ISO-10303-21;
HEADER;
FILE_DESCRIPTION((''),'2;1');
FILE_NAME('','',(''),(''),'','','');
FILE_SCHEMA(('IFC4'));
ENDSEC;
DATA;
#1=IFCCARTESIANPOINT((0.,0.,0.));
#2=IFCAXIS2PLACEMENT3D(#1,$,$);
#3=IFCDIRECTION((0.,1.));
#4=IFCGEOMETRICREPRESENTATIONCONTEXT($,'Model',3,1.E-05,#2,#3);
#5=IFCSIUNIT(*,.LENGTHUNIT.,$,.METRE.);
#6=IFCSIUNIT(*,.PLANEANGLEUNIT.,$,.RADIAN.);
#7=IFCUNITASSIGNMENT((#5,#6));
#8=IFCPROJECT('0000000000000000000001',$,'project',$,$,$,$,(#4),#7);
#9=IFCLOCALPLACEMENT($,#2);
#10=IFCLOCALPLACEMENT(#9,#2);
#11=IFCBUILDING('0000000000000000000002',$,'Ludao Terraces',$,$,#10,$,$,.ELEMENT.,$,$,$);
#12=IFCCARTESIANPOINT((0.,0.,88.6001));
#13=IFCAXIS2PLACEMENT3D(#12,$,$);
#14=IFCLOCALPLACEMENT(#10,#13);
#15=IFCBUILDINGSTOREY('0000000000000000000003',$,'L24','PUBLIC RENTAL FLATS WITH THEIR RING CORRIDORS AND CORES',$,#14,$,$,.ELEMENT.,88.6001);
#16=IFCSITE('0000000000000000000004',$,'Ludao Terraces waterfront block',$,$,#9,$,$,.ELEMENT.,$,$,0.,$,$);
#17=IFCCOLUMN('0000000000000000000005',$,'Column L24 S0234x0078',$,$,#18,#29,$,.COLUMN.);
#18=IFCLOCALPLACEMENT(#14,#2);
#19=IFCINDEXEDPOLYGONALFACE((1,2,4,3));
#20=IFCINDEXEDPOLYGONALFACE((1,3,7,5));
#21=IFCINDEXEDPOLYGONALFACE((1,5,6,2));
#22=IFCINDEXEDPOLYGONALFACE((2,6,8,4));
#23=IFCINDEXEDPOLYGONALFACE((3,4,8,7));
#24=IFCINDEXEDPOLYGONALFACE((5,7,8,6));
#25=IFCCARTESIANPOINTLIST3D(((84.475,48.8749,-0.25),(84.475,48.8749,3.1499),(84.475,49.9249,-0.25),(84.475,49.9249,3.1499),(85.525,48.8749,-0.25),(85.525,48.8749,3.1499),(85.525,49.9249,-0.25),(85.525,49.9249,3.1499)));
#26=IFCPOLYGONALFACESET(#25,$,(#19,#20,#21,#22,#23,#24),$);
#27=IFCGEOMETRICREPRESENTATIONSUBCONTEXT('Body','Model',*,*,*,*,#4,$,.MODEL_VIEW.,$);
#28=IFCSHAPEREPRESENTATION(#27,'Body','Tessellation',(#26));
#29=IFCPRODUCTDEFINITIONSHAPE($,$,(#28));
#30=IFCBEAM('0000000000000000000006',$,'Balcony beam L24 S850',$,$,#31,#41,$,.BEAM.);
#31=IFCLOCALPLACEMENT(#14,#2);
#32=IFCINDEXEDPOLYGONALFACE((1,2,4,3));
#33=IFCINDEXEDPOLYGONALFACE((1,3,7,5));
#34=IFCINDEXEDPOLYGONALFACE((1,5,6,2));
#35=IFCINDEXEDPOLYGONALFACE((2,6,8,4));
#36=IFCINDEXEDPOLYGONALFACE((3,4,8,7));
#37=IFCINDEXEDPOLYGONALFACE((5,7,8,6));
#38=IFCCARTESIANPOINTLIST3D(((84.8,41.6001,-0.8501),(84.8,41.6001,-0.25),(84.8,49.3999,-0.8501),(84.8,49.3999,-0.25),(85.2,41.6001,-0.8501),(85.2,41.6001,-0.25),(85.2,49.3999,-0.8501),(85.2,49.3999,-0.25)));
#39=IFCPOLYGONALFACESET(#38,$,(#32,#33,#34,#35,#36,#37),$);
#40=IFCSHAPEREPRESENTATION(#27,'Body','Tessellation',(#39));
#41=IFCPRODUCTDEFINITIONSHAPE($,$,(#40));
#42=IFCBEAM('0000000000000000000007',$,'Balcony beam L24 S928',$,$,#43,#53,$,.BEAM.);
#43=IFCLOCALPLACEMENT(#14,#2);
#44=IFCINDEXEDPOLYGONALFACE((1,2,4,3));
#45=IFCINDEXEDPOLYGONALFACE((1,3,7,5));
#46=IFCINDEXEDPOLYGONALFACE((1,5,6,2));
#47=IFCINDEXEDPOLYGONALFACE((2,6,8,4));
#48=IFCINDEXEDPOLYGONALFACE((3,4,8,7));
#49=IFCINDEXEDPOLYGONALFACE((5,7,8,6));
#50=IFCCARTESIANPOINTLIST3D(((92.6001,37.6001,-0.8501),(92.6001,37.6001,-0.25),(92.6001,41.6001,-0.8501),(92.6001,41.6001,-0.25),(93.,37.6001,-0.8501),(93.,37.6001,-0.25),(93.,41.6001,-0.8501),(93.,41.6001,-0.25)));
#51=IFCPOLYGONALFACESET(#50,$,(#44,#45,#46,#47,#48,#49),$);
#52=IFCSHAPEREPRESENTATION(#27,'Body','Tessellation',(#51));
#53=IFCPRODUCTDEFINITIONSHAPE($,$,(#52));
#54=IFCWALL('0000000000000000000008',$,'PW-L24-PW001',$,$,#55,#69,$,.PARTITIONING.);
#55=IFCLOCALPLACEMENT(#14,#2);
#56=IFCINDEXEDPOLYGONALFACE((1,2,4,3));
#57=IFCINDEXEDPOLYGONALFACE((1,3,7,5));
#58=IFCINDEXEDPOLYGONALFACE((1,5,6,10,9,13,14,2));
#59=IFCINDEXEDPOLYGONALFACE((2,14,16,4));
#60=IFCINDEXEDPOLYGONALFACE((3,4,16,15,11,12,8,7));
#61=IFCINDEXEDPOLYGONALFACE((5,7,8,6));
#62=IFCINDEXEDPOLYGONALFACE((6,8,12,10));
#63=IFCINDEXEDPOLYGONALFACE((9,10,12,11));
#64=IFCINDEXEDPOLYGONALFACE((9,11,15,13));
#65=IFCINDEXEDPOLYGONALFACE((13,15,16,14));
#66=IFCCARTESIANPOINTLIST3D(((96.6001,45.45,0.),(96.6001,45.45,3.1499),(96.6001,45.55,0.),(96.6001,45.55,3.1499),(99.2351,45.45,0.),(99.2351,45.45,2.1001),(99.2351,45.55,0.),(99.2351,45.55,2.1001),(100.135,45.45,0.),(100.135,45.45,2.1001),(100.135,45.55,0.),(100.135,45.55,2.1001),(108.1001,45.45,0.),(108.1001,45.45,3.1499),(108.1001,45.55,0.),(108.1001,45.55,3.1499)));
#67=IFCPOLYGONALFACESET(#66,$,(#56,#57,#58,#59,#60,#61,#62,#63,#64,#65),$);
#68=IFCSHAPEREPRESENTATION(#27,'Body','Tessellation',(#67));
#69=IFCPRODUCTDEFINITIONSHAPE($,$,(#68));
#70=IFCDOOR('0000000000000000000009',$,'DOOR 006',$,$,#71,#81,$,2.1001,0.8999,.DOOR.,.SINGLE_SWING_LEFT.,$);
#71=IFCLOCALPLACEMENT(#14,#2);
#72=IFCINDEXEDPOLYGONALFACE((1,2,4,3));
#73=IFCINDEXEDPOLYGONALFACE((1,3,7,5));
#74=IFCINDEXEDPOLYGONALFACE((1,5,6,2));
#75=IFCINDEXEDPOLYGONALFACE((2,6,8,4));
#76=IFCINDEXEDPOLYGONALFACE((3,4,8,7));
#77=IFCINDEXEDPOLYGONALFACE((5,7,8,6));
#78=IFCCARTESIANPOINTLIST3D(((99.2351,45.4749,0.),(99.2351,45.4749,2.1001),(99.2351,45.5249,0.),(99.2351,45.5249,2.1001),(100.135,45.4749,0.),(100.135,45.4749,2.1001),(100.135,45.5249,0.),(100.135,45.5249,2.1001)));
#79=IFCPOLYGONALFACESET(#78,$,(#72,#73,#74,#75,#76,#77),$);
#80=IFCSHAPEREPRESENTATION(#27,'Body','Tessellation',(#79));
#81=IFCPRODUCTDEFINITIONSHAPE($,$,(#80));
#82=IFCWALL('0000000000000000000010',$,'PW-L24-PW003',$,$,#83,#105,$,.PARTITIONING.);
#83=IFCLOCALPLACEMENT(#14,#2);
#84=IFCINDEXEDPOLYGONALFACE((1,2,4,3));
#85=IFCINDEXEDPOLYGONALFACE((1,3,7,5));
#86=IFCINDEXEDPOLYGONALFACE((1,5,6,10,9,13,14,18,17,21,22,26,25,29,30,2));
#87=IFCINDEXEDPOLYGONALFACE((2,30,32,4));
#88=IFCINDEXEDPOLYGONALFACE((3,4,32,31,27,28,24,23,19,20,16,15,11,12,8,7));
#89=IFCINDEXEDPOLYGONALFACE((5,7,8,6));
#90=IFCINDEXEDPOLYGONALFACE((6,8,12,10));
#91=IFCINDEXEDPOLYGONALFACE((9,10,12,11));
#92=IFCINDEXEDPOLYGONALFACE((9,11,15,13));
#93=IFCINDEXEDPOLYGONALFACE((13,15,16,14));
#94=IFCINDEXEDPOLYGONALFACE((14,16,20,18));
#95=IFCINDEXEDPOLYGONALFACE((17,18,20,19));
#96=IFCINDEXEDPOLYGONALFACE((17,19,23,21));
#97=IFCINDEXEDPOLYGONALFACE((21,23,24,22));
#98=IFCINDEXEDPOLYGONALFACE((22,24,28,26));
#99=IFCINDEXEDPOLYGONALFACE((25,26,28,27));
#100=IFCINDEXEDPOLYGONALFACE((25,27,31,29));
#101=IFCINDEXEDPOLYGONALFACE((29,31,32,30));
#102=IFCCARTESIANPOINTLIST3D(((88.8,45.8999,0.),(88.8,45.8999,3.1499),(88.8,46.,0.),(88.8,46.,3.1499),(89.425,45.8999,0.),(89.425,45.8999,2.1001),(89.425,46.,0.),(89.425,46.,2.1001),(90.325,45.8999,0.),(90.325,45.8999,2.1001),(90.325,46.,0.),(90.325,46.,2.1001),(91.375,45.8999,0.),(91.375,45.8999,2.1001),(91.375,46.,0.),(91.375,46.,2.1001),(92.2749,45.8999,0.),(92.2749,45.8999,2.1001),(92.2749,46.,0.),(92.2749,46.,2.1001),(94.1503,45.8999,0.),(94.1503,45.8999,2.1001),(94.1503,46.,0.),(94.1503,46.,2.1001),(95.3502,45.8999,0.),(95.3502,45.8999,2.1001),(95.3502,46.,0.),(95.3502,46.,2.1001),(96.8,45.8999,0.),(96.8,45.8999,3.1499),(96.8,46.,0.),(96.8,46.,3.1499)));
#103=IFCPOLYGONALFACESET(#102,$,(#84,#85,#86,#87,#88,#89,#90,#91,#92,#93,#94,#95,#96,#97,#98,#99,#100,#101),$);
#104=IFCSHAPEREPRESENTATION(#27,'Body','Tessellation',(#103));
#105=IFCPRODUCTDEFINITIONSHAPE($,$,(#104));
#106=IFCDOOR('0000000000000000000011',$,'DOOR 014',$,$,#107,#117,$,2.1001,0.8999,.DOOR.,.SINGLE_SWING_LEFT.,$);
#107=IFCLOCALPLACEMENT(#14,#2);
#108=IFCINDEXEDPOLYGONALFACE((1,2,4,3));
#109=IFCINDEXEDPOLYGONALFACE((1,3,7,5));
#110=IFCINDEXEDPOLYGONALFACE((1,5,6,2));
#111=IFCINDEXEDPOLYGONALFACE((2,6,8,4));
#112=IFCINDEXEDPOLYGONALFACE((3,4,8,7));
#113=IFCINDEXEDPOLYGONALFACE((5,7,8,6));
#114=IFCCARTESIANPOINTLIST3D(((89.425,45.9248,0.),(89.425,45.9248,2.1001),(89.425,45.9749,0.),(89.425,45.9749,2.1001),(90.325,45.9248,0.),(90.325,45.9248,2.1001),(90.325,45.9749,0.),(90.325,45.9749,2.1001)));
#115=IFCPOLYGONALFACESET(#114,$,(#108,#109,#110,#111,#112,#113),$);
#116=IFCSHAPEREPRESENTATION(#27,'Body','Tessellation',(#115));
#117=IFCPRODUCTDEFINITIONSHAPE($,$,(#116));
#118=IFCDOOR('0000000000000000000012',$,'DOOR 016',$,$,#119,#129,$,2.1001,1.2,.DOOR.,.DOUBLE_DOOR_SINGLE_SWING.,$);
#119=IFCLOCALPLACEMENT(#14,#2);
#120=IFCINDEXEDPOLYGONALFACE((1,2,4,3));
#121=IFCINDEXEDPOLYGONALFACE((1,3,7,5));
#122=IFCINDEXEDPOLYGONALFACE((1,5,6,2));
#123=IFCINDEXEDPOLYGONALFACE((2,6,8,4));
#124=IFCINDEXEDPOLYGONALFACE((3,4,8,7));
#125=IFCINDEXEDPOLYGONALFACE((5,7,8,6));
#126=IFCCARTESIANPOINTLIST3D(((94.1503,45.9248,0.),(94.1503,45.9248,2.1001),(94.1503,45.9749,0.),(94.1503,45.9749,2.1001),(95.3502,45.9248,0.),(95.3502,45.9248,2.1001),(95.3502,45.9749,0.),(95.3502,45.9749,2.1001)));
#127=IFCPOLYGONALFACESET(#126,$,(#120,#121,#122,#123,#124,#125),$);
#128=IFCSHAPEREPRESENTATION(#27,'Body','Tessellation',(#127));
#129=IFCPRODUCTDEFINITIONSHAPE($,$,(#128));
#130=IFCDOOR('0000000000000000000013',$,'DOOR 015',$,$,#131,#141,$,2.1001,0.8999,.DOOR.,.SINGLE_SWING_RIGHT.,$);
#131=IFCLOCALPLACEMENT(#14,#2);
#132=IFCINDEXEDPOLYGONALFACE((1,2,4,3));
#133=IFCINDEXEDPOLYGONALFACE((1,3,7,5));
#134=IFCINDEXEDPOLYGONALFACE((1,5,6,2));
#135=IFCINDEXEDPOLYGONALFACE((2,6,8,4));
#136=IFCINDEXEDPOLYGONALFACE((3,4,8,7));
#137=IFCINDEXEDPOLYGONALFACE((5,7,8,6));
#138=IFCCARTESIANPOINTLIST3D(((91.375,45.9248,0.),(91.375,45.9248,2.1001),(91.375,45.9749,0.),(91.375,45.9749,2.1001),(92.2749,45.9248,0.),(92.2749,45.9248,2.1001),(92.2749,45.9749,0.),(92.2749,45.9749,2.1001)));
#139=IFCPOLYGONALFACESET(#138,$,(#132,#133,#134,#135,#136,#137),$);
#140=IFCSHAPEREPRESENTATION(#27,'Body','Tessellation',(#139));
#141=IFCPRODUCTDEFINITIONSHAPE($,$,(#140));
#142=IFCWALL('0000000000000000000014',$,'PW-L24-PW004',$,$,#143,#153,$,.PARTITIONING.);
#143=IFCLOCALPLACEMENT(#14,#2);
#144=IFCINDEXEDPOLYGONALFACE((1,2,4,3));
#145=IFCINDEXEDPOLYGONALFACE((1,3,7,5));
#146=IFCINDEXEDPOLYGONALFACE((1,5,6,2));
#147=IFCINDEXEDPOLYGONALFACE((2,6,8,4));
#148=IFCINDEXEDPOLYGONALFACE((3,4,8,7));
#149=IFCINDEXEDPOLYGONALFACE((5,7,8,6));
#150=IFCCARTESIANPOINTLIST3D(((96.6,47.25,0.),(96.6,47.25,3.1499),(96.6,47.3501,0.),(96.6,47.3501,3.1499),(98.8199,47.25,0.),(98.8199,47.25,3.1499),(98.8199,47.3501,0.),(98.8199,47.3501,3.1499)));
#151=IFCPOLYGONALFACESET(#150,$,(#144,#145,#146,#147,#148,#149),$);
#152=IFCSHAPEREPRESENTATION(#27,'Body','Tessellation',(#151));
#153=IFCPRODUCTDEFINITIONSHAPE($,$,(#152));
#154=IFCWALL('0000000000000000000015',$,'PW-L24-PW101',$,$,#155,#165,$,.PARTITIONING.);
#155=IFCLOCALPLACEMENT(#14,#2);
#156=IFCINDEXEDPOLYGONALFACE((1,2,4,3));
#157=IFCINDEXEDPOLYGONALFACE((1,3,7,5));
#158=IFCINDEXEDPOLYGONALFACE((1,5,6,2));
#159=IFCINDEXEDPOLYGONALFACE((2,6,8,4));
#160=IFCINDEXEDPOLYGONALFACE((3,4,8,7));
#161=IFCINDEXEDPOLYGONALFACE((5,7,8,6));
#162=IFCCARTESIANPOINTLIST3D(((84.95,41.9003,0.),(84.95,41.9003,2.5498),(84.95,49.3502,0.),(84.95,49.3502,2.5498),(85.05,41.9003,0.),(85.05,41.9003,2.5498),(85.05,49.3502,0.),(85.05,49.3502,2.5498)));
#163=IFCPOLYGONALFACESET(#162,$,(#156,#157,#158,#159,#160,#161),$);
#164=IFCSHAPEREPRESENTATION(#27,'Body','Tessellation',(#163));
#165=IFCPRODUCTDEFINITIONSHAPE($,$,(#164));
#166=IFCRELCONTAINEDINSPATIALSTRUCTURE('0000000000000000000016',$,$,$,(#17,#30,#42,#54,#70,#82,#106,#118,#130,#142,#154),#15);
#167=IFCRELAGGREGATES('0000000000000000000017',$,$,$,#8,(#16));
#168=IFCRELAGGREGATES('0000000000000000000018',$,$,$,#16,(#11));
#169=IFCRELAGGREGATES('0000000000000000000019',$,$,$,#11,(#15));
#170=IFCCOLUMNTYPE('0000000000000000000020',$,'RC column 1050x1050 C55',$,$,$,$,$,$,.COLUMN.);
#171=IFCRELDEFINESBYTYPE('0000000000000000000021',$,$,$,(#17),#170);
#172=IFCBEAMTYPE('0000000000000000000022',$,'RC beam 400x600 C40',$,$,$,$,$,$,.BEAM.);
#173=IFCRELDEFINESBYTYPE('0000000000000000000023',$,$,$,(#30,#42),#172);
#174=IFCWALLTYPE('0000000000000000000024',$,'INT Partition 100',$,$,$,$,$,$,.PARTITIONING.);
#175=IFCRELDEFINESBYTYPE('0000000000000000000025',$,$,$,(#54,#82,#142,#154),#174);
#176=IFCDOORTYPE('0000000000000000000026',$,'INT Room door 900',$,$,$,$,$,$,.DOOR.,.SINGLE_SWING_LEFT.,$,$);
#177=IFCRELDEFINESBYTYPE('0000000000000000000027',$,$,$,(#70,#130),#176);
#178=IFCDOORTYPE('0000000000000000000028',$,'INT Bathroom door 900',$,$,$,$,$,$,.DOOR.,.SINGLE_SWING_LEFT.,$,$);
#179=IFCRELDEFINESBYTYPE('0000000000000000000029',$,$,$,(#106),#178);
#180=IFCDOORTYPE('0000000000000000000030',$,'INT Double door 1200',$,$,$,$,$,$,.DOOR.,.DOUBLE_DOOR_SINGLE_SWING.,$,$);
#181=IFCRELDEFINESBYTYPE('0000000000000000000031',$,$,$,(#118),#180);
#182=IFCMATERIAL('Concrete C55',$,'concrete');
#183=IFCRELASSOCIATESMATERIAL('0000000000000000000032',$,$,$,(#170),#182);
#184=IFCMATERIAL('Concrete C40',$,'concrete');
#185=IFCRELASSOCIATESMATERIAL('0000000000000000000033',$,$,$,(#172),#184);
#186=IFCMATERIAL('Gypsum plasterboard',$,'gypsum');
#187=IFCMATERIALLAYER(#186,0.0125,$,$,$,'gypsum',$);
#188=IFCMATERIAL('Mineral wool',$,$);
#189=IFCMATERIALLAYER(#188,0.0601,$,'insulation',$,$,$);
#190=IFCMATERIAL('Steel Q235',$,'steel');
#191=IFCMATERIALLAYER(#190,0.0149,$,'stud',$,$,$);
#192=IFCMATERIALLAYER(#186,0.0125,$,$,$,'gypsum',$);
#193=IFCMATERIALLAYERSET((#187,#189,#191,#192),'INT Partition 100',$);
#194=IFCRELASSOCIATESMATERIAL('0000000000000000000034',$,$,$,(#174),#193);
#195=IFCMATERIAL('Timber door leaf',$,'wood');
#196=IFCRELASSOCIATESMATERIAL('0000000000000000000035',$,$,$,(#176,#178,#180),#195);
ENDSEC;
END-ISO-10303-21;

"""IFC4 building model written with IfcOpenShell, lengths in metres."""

from ifc_helpers import new_model, si_unit, direction, frame, frame_2d, origin, origin_2d, place, context, subcontext, project, spatial, rectangle, extrude, material, layer, layer_set, material_profile, profile_set, type_object, element, fill, save


model = new_model("IFC4")

# Units and contexts
model_context = context("Model", 3, precision=1e-05, world=origin(), true_north=direction((0.0, 1.0)))
body_context = subcontext(model_context, "Body", "Model", "MODEL_VIEW")
ifc_project = project(units=[si_unit("LENGTHUNIT", "METRE"), si_unit("PLANEANGLEUNIT", "RADIAN")], contexts=[model_context])

# Site, building, storey
site_placement = place(None, origin())
site = spatial("IfcSite", under=ifc_project, at=site_placement, Name="Ludao Terraces waterfront block", CompositionType="ELEMENT", RefElevation=0.0)
building_placement = place(site_placement, origin())
building = spatial("IfcBuilding", under=site, at=building_placement, Name="Ludao Terraces", CompositionType="ELEMENT")
storey_placement = place(building_placement, frame((0.0, 0.0, 88.6001)))
storey = spatial("IfcBuildingStorey", under=building, at=storey_placement, Name="L24", Description="PUBLIC RENTAL FLATS WITH THEIR RING CORRIDORS AND CORES", CompositionType="ELEMENT", Elevation=88.6001)

# Column
ifc_material_1 = material(Name="Concrete C55", Category="concrete")
ifc_material_profile_1 = material_profile(ifc_material_1, rectangle(XDim=1.05, YDim=1.05, at=origin_2d()), Name="1050 X 1050")
ifc_profile_set_1 = profile_set([ifc_material_profile_1], Name="Concrete C55")
column_type = type_object("IfcColumnType", Name="RC column 1050x1050 C55", PredefinedType="COLUMN", material=ifc_profile_set_1)
column_placement = place(storey_placement, frame((85.0, 49.3999, -0.25), z_axis=(0.0, 0.0, 1.0), x_axis=(1.0, 0.0, 0.0)))
element("IfcColumn", 1, at=column_placement, inside=storey, type_object=column_type, Name="Column L24 S0234x0078", PredefinedType="COLUMN", context=body_context, shape_type="SweptSolid", body=[
    extrude(rectangle(XDim=1.05, YDim=1.05, at=origin_2d()), origin(), (0.0, 0.0, 1.0), 3.3999),
])

# Beams
ifc_material_2 = material(Name="Concrete C40", Category="concrete")
ifc_material_profile_2 = material_profile(ifc_material_2, rectangle(XDim=0.3999, YDim=0.6001, at=origin_2d()), Name="400 X 600")
ifc_profile_set_2 = profile_set([ifc_material_profile_2], Name="Concrete C40")
beam_type = type_object("IfcBeamType", Name="RC beam 400x600 C40", PredefinedType="BEAM", material=ifc_profile_set_2)
beam_1_placement = place(storey_placement, frame((85.0, 49.3999, -0.55), z_axis=(0.0, -1.0, 0.0), x_axis=(1.0, 0.0, 0.0)))
element("IfcBeam", 2, at=beam_1_placement, inside=storey, type_object=beam_type, Name="Balcony beam L24 S850", PredefinedType="BEAM", context=body_context, shape_type="SweptSolid", body=[
    extrude(rectangle(XDim=0.3999, YDim=0.6001, at=origin_2d()), origin(), (0.0, 0.0, 1.0), 7.7998),
])
beam_2_placement = place(storey_placement, frame((92.8, 41.6001, -0.55), z_axis=(0.0, -1.0, 0.0), x_axis=(1.0, 0.0, 0.0)))
element("IfcBeam", 3, at=beam_2_placement, inside=storey, type_object=beam_type, Name="Balcony beam L24 S928", PredefinedType="BEAM", context=body_context, shape_type="SweptSolid", body=[
    extrude(rectangle(XDim=0.3999, YDim=0.6001, at=origin_2d()), origin(), (0.0, 0.0, 1.0), 4.0),
])

# Shared definitions
ifc_material_3 = material(Name="Mineral wool")

# Wall, opening, door
ifc_material_4 = material(Name="Gypsum plasterboard", Category="gypsum")
ifc_layer_1 = layer(ifc_material_4, 0.0125, Category="gypsum")
ifc_layer_2 = layer(ifc_material_3, 0.0601, Name="insulation")
ifc_material_5 = material(Name="Steel Q235", Category="steel")
ifc_layer_3 = layer(ifc_material_5, 0.0149, Name="stud")
ifc_layer_4 = layer(ifc_material_4, 0.0125, Category="gypsum")
ifc_layer_set_1 = layer_set([ifc_layer_1, ifc_layer_2, ifc_layer_3, ifc_layer_4], Name="INT Partition 100")
wall_type_1 = type_object("IfcWallType", Name="INT Partition 100", PredefinedType="PARTITIONING", material=ifc_layer_set_1)
wall_1_placement = place(storey_placement, frame((96.6001, 45.5, 0.0), z_axis=(0.0, 0.0, 1.0), x_axis=(1.0, 0.0, 0.0)))
wall_1 = element("IfcWall", 4, at=wall_1_placement, inside=storey, type_object=wall_type_1, Name="PW-L24-PW001", PredefinedType="PARTITIONING", context=body_context, shape_type="SweptSolid", body=[
    extrude(rectangle(XDim=11.5, YDim=0.1001, at=frame_2d((5.75, 0.0))), origin(), (0.0, 0.0, 1.0), 3.1499),
])
opening_1_placement = place(wall_1_placement, frame((2.635, 0.0, 0.0)))
opening_1 = element("IfcOpeningElement", 5, at=opening_1_placement, cuts=wall_1, PredefinedType="OPENING", context=body_context, shape_type="SweptSolid", body=[
    extrude(rectangle(XDim=0.8999, YDim=2.1001, at=frame_2d((0.45, 1.05))), frame((0.0, 0.0601, 0.0), z_axis=(0.0, -1.0, 0.0), x_axis=(1.0, 0.0, 0.0)), (0.0, 0.0, 1.0), 0.1201),
])
ifc_material_6 = material(Name="Timber door leaf", Category="wood")
door_type_1 = type_object("IfcDoorType", Name="INT Room door 900", OperationType="SINGLE_SWING_LEFT", PredefinedType="DOOR", material=ifc_material_6)
door_1_placement = place(opening_1_placement, origin())
door_1 = element("IfcDoor", 6, at=door_1_placement, inside=storey, type_object=door_type_1, Name="DOOR 006", OperationType="SINGLE_SWING_LEFT", OverallHeight=2.1001, OverallWidth=0.8999, PredefinedType="DOOR", context=body_context, shape_type="SweptSolid", body=[
    extrude(rectangle(XDim=0.8999, YDim=2.1001, at=frame_2d((0.45, 1.05))), frame((0.0, 0.0249, 0.0), z_axis=(0.0, -1.0, 0.0), x_axis=(1.0, 0.0, 0.0)), (0.0, 0.0, 1.0), 0.05),
])
fill(opening_1, door_1)

# Wall, openings, doors
wall_2_placement = place(storey_placement, frame((88.8, 45.95, 0.0), z_axis=(0.0, 0.0, 1.0), x_axis=(1.0, 0.0, 0.0)))
wall_2 = element("IfcWall", 7, at=wall_2_placement, inside=storey, type_object=wall_type_1, Name="PW-L24-PW003", PredefinedType="PARTITIONING", context=body_context, shape_type="SweptSolid", body=[
    extrude(rectangle(XDim=8.0, YDim=0.1001, at=frame_2d((4.0, 0.0))), origin(), (0.0, 0.0, 1.0), 3.1499),
])
opening_2_placement = place(wall_2_placement, frame((0.625, 0.0, 0.0)))
opening_2 = element("IfcOpeningElement", 8, at=opening_2_placement, cuts=wall_2, PredefinedType="OPENING", context=body_context, shape_type="SweptSolid", body=[
    extrude(rectangle(XDim=0.8999, YDim=2.1001, at=frame_2d((0.45, 1.05))), frame((0.0, 0.0601, 0.0), z_axis=(0.0, -1.0, 0.0), x_axis=(1.0, 0.0, 0.0)), (0.0, 0.0, 1.0), 0.1201),
])
opening_3_placement = place(wall_2_placement, frame((2.575, 0.0, 0.0)))
opening_3 = element("IfcOpeningElement", 9, at=opening_3_placement, cuts=wall_2, PredefinedType="OPENING", context=body_context, shape_type="SweptSolid", body=[
    extrude(rectangle(XDim=0.8999, YDim=2.1001, at=frame_2d((0.45, 1.05))), frame((0.0, 0.0601, 0.0), z_axis=(0.0, -1.0, 0.0), x_axis=(1.0, 0.0, 0.0)), (0.0, 0.0, 1.0), 0.1201),
])
opening_4_placement = place(wall_2_placement, frame((5.3501, 0.0, 0.0)))
opening_4 = element("IfcOpeningElement", 10, at=opening_4_placement, cuts=wall_2, PredefinedType="OPENING", context=body_context, shape_type="SweptSolid", body=[
    extrude(rectangle(XDim=1.2, YDim=2.1001, at=frame_2d((0.6001, 1.05))), frame((0.0, 0.0601, 0.0), z_axis=(0.0, -1.0, 0.0), x_axis=(1.0, 0.0, 0.0)), (0.0, 0.0, 1.0), 0.1201),
])
door_type_2 = type_object("IfcDoorType", Name="INT Bathroom door 900", OperationType="SINGLE_SWING_LEFT", PredefinedType="DOOR", material=ifc_material_6)
door_2_placement = place(opening_2_placement, origin())
door_2 = element("IfcDoor", 11, at=door_2_placement, inside=storey, type_object=door_type_2, Name="DOOR 014", OperationType="SINGLE_SWING_LEFT", OverallHeight=2.1001, OverallWidth=0.8999, PredefinedType="DOOR", context=body_context, shape_type="SweptSolid", body=[
    extrude(rectangle(XDim=0.8999, YDim=2.1001, at=frame_2d((0.45, 1.05))), frame((0.0, 0.0249, 0.0), z_axis=(0.0, -1.0, 0.0), x_axis=(1.0, 0.0, 0.0)), (0.0, 0.0, 1.0), 0.05),
])
fill(opening_2, door_2)
door_type_3 = type_object("IfcDoorType", Name="INT Double door 1200", OperationType="DOUBLE_DOOR_SINGLE_SWING", PredefinedType="DOOR", material=ifc_material_6)
door_3_placement = place(opening_4_placement, origin())
door_3 = element("IfcDoor", 12, at=door_3_placement, inside=storey, type_object=door_type_3, Name="DOOR 016", OperationType="DOUBLE_DOOR_SINGLE_SWING", OverallHeight=2.1001, OverallWidth=1.2, PredefinedType="DOOR", context=body_context, shape_type="SweptSolid", body=[
    extrude(rectangle(XDim=1.2, YDim=2.1001, at=frame_2d((0.6001, 1.05))), frame((0.0, 0.0249, 0.0), z_axis=(0.0, -1.0, 0.0), x_axis=(1.0, 0.0, 0.0)), (0.0, 0.0, 1.0), 0.05),
])
fill(opening_4, door_3)
door_4_placement = place(opening_3_placement, origin())
door_4 = element("IfcDoor", 13, at=door_4_placement, inside=storey, type_object=door_type_1, Name="DOOR 015", OperationType="SINGLE_SWING_RIGHT", OverallHeight=2.1001, OverallWidth=0.8999, PredefinedType="DOOR", context=body_context, shape_type="SweptSolid", body=[
    extrude(rectangle(XDim=0.8999, YDim=2.1001, at=frame_2d((0.45, 1.05))), frame((0.0, 0.0249, 0.0), z_axis=(0.0, -1.0, 0.0), x_axis=(1.0, 0.0, 0.0)), (0.0, 0.0, 1.0), 0.05),
])
fill(opening_3, door_4)

# Walls
wall_3_placement = place(storey_placement, frame((96.6001, 47.3, 0.0), z_axis=(0.0, 0.0, 1.0), x_axis=(1.0, 0.0, 0.0)))
element("IfcWall", 14, at=wall_3_placement, inside=storey, type_object=wall_type_1, Name="PW-L24-PW004", PredefinedType="PARTITIONING", context=body_context, shape_type="SweptSolid", body=[
    extrude(rectangle(XDim=2.22, YDim=0.1001, at=frame_2d((1.1099, 0.0))), origin(), (0.0, 0.0, 1.0), 3.1499),
])
wall_4_placement = place(storey_placement, frame((85.0, 41.9001, 0.0), z_axis=(0.0, 0.0, 1.0), x_axis=(0.0, 1.0, 0.0)))
element("IfcWall", 15, at=wall_4_placement, inside=storey, type_object=wall_type_1, Name="PW-L24-PW101", PredefinedType="PARTITIONING", context=body_context, shape_type="SweptSolid", body=[
    extrude(rectangle(XDim=7.45, YDim=0.1001, at=frame_2d((3.7251, 0.0))), origin(), (0.0, 0.0, 1.0), 2.5498),
])

save(model, "model.ifc")
